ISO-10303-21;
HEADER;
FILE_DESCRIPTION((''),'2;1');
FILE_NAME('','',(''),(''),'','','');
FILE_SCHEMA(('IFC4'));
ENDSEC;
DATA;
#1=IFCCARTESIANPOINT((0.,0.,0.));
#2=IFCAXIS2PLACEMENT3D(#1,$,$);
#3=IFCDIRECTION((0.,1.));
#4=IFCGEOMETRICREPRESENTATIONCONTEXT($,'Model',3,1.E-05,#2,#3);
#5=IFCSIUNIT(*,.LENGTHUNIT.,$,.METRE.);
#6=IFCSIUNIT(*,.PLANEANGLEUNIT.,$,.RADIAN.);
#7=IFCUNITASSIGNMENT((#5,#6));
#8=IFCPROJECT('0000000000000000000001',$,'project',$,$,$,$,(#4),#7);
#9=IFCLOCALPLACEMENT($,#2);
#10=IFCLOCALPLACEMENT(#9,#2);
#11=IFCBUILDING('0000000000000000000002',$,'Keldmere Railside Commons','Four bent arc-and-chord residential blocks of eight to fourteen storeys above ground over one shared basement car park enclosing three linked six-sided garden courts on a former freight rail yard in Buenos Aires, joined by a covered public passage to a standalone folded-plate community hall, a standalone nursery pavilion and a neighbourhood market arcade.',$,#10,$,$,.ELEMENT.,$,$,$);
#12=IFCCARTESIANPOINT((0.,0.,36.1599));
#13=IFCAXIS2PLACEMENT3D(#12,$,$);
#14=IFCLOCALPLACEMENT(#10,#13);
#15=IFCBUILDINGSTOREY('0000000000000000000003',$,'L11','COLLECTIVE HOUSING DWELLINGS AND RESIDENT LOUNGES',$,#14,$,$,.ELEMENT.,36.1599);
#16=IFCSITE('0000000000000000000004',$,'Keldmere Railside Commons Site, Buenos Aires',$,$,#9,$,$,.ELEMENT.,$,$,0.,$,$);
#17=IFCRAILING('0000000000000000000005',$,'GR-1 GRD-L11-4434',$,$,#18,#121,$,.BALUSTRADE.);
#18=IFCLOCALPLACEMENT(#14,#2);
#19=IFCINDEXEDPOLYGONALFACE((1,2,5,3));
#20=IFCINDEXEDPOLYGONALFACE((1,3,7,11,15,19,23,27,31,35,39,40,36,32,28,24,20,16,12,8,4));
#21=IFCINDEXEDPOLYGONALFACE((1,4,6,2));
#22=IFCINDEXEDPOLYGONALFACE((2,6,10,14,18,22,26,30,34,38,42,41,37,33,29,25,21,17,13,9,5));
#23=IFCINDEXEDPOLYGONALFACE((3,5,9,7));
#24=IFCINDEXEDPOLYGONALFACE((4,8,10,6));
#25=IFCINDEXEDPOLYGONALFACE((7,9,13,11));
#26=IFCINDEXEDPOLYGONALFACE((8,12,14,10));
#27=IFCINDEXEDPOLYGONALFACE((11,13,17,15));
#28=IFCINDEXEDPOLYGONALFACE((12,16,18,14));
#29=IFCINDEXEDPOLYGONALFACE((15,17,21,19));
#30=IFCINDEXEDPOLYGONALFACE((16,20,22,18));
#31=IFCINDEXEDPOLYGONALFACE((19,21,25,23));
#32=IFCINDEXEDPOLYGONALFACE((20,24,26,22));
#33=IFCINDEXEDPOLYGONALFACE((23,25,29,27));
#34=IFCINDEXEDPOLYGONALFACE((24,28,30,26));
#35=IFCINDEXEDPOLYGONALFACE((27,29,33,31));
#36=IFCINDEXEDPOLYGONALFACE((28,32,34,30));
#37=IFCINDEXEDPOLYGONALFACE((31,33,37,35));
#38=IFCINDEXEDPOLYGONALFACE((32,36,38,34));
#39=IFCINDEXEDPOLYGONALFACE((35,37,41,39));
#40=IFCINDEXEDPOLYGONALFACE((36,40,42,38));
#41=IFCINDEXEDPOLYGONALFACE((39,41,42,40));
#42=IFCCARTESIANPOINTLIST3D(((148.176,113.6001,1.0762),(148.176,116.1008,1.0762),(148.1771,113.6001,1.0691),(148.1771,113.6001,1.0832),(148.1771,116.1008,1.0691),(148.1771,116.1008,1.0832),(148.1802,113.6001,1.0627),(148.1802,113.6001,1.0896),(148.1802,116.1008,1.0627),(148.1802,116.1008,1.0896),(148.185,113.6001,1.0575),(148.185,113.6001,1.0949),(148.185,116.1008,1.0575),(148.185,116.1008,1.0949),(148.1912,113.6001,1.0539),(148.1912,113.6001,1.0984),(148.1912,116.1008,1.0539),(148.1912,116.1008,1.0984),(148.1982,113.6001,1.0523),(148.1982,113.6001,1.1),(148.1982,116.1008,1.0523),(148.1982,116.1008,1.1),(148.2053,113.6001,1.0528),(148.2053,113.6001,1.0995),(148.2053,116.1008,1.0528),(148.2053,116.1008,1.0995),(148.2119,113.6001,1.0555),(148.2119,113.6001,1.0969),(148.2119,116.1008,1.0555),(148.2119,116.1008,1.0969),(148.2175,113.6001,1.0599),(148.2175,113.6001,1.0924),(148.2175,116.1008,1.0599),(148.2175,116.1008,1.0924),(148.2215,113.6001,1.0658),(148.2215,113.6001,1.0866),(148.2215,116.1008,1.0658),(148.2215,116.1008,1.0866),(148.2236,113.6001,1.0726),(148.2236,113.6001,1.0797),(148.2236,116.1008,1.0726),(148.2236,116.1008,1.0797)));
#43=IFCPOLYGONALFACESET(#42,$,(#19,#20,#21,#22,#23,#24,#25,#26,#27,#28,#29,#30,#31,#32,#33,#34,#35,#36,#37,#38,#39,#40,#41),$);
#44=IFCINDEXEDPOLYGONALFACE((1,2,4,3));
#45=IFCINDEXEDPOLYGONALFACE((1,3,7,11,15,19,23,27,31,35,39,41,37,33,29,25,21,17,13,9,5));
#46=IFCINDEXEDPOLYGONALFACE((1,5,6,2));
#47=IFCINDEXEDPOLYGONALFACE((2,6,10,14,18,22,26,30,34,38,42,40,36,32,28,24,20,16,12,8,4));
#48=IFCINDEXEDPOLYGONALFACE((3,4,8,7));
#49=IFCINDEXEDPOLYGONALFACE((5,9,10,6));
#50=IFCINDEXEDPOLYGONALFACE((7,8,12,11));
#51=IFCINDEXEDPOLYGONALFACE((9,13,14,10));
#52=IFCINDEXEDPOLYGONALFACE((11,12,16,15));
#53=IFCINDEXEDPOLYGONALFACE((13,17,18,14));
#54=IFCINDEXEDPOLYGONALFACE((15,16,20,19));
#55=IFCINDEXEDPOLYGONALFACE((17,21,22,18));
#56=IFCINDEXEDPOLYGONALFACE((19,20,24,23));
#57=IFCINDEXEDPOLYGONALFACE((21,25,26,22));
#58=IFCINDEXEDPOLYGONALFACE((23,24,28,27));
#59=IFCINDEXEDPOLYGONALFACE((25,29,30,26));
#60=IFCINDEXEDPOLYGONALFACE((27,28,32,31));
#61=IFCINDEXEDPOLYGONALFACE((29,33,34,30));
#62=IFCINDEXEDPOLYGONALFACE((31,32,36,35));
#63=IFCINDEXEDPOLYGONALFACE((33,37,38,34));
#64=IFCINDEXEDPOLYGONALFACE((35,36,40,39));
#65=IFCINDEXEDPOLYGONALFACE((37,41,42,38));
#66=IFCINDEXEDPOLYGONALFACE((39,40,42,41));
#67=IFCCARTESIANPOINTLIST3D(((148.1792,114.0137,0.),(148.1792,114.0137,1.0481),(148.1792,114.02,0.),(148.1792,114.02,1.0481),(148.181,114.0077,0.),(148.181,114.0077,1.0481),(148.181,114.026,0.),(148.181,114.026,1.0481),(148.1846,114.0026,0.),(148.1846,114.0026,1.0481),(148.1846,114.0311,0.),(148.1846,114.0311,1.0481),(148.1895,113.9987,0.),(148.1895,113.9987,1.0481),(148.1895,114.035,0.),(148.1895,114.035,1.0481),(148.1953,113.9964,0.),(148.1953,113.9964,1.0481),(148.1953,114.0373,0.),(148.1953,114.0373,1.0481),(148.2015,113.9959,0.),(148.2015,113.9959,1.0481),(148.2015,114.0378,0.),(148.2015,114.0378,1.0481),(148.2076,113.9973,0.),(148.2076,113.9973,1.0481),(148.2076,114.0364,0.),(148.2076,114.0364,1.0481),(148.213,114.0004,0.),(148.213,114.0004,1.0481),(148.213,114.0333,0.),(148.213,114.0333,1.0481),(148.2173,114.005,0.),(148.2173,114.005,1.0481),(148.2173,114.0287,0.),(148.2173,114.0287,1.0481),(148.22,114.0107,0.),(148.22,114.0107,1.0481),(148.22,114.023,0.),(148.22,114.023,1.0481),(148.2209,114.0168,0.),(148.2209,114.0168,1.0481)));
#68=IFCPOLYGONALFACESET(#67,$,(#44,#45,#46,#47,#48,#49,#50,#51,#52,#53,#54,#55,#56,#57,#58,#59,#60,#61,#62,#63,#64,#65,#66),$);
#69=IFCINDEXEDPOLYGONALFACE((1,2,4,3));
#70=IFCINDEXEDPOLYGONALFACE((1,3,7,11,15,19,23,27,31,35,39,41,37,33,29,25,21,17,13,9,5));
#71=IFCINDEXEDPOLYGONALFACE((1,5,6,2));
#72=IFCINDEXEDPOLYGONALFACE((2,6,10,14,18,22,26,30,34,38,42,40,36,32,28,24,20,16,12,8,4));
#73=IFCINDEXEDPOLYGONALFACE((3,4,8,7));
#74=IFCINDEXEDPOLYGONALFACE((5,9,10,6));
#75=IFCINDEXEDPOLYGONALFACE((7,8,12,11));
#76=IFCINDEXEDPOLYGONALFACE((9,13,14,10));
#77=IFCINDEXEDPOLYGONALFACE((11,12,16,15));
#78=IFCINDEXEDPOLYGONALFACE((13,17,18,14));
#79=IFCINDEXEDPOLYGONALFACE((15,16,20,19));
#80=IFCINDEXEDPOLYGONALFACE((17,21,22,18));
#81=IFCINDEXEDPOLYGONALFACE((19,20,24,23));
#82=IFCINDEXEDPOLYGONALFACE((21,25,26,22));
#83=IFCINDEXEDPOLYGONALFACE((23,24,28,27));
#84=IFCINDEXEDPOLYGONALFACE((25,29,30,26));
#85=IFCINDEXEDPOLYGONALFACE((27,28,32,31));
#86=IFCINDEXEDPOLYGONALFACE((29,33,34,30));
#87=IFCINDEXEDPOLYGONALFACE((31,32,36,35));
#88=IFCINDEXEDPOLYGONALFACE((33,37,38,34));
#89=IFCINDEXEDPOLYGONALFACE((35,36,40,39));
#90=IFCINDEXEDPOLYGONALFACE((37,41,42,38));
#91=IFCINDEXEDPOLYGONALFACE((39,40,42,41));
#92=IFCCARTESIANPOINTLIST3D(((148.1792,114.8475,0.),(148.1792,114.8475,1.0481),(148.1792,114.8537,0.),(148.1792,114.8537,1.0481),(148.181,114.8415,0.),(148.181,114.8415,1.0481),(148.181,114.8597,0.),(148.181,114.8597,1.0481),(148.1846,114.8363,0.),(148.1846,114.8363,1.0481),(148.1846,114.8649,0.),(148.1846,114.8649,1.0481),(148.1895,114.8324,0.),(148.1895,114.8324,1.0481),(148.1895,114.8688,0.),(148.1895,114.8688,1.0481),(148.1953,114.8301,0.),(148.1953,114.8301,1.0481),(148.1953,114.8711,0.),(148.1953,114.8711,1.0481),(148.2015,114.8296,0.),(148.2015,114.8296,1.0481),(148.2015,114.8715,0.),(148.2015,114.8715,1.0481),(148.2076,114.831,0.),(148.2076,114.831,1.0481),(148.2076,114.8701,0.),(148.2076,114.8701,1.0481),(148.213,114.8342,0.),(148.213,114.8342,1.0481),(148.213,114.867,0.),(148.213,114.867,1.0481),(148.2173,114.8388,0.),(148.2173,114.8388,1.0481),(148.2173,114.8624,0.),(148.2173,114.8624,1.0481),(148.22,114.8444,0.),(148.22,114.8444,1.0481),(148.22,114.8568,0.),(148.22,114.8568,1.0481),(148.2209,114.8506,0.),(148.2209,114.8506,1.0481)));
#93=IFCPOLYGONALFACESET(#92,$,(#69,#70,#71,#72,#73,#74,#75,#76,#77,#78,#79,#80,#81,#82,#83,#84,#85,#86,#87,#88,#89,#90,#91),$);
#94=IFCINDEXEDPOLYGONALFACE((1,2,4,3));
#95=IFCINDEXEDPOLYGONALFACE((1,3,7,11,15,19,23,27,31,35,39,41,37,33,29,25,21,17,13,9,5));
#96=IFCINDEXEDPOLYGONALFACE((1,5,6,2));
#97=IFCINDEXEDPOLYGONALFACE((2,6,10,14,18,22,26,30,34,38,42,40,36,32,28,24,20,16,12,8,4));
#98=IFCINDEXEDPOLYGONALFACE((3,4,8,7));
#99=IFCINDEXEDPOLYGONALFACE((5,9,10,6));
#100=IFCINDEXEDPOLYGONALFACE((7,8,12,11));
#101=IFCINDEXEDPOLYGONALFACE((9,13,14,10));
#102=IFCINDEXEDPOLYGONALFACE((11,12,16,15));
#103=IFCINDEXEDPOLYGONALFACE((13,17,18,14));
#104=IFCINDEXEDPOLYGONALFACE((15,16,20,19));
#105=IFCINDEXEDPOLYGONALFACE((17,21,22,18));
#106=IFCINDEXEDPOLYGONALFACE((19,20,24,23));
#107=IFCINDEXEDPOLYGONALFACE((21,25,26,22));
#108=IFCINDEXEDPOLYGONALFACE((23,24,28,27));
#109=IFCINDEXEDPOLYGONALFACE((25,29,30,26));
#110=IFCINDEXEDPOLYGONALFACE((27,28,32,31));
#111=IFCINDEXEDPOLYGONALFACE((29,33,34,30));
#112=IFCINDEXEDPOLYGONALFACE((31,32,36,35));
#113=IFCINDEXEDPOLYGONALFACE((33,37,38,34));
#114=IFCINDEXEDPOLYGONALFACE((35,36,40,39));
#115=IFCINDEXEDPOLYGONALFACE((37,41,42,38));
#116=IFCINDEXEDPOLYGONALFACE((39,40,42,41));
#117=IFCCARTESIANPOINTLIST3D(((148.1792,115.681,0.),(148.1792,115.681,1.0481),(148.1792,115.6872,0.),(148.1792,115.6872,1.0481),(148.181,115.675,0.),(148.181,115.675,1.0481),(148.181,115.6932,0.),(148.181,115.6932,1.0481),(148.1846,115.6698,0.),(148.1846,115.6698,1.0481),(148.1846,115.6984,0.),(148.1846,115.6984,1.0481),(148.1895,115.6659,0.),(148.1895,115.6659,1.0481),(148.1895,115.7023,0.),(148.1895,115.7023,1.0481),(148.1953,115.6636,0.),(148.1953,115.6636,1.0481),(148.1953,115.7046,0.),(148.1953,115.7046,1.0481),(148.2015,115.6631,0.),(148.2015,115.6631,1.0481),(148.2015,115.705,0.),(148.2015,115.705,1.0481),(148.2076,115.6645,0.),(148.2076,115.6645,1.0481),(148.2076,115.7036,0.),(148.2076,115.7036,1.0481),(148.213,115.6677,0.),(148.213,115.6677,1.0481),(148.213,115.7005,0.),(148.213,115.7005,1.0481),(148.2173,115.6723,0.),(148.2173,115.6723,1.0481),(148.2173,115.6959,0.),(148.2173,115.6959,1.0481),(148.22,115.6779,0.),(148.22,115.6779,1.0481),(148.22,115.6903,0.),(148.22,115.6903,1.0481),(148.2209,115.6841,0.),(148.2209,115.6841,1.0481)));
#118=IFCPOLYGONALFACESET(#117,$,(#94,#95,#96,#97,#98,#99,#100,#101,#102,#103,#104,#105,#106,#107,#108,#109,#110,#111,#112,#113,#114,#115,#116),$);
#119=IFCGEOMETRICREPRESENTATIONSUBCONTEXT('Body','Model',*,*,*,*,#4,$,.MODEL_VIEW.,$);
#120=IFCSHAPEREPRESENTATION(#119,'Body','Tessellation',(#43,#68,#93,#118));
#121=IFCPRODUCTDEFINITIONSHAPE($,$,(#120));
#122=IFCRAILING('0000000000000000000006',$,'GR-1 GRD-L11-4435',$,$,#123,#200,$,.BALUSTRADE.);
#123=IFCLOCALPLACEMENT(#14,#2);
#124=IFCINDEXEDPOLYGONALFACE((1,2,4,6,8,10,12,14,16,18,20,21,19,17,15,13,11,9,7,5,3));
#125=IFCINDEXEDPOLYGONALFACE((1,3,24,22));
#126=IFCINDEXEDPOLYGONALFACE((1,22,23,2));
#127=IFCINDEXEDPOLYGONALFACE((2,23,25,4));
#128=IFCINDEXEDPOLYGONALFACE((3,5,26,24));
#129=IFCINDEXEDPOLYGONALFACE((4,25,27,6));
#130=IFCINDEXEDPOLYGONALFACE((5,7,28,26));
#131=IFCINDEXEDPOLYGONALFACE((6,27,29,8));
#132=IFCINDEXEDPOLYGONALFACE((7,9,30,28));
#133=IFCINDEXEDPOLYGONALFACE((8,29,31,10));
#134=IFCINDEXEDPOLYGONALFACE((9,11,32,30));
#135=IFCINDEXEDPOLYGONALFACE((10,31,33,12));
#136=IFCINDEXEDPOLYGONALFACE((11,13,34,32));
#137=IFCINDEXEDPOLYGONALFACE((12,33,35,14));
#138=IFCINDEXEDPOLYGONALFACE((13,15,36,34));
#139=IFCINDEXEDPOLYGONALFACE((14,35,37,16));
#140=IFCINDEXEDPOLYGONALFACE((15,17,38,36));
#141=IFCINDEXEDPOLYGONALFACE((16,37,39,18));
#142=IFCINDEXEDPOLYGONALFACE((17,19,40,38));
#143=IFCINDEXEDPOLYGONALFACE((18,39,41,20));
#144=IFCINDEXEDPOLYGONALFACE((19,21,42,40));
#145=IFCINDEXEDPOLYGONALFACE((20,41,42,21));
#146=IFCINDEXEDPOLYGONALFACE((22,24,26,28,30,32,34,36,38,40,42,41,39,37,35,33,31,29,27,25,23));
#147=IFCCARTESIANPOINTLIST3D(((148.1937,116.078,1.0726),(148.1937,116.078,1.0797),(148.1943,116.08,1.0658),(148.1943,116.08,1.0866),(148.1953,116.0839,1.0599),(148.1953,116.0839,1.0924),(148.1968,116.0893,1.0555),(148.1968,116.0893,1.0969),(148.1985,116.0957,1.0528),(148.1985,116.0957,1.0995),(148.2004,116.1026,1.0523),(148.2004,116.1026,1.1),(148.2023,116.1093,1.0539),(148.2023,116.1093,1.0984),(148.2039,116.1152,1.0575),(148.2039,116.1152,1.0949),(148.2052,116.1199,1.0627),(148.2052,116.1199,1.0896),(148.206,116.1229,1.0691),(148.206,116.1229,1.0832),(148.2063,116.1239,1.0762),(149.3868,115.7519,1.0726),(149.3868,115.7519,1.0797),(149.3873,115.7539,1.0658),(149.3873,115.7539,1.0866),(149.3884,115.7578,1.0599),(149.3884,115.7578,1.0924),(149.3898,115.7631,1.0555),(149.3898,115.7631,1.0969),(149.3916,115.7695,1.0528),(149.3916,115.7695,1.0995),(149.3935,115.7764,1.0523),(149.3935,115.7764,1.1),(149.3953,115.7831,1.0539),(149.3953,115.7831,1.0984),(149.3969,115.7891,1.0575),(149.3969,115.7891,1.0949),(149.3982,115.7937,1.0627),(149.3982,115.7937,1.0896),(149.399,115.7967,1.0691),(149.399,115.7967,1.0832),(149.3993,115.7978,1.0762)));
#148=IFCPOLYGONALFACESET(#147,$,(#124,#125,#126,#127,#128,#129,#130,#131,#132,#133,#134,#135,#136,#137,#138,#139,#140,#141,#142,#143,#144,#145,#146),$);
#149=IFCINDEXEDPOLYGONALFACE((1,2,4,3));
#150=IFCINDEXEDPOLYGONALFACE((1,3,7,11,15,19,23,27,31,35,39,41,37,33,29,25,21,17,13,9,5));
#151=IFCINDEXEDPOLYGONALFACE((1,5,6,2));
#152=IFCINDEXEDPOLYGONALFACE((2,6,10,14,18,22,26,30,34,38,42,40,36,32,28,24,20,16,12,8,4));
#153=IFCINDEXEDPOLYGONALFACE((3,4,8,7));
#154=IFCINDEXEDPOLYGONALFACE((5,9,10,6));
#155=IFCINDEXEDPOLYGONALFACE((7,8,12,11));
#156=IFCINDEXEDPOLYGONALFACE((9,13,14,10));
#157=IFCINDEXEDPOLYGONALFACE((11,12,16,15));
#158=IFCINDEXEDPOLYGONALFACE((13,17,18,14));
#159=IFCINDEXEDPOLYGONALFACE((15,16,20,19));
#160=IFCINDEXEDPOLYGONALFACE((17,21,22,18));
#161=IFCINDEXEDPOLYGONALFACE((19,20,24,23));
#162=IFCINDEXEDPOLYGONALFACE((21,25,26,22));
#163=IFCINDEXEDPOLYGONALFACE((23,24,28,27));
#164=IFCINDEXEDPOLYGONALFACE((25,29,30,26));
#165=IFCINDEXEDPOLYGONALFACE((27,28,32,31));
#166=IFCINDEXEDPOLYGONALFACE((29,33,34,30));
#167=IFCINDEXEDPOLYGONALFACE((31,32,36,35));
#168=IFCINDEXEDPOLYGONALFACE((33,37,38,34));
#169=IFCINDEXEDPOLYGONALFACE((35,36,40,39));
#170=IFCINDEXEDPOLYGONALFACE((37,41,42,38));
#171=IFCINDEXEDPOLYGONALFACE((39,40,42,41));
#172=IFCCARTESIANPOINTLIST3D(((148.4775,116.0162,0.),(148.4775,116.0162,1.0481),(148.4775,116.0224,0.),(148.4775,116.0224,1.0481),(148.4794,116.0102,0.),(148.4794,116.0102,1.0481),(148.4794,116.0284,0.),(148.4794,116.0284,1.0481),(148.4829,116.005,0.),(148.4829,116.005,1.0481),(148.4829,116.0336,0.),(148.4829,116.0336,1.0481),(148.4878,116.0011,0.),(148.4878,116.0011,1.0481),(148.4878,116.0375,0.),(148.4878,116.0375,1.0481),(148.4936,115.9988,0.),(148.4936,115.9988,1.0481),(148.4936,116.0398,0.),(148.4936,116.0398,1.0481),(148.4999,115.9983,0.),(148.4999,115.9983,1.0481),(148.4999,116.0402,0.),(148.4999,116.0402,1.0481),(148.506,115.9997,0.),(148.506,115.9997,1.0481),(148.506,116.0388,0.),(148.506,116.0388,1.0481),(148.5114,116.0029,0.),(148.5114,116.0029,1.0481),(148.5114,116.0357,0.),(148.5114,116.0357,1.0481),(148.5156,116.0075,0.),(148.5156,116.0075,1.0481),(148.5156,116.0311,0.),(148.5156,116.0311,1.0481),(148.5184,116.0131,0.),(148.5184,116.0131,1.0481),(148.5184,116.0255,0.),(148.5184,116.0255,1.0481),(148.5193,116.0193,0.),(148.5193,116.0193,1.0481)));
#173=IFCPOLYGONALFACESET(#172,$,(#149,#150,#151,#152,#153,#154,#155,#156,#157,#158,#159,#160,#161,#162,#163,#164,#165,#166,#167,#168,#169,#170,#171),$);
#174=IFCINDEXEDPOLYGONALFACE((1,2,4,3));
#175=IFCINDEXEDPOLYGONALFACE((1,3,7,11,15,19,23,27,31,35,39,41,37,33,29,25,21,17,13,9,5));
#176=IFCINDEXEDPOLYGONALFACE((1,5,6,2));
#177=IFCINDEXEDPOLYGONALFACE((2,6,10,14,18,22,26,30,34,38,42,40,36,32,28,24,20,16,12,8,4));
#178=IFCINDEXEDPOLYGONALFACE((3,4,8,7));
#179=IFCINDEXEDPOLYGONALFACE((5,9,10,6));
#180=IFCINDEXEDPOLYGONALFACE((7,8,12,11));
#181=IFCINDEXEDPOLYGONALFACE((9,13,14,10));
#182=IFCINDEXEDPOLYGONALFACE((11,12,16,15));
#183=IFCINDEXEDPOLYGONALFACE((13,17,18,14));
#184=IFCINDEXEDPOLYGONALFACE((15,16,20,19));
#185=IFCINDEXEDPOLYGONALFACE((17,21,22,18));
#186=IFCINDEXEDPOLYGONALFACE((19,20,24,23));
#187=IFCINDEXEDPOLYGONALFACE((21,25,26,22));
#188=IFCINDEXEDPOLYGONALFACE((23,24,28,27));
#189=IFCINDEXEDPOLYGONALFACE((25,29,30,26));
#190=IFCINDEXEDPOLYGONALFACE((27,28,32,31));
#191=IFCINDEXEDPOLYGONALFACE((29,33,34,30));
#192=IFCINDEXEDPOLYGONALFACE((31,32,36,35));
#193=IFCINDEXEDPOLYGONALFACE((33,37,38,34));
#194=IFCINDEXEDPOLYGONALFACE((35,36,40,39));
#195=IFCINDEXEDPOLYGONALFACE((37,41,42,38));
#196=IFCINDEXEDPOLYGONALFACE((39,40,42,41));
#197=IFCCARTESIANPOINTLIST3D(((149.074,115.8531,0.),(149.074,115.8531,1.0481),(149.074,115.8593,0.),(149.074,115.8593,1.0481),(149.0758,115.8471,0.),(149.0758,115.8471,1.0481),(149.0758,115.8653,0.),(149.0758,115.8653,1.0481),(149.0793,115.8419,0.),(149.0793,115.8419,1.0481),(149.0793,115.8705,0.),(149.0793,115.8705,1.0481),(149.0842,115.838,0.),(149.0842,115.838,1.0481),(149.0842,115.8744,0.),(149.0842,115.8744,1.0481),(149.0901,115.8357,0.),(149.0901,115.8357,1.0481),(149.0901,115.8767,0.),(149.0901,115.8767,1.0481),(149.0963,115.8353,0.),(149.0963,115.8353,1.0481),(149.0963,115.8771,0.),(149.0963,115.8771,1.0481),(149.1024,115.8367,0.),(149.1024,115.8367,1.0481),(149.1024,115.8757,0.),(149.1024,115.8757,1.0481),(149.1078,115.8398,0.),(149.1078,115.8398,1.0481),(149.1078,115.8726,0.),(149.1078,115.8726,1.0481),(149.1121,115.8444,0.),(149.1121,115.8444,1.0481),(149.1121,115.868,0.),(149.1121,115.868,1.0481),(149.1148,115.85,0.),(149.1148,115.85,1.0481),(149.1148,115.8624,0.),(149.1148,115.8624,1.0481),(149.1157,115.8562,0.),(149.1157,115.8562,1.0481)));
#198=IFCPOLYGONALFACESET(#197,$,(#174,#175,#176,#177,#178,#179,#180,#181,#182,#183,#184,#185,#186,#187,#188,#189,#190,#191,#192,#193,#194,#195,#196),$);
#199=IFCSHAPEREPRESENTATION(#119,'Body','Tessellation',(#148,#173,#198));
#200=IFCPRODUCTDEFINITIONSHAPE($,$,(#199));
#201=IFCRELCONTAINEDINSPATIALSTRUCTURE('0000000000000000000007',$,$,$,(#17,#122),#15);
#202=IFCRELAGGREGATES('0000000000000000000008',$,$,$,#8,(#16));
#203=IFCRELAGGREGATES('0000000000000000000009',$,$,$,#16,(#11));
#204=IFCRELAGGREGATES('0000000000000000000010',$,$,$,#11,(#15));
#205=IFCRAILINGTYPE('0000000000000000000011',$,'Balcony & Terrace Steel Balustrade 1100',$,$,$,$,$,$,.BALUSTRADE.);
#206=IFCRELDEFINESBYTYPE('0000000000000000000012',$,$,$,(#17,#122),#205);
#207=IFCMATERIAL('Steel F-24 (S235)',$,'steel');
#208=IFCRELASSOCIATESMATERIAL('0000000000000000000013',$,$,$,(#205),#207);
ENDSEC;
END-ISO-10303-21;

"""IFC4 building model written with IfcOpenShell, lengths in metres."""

from ifc_helpers import new_model, si_unit, direction, frame, origin, origin_2d, place, context, subcontext, project, spatial, circle, extrude, material, type_object, element, save


model = new_model("IFC4")

# Units and contexts
model_context = context("Model", 3, precision=1e-05, world=origin(), true_north=direction((0.0, 1.0)))
body_context = subcontext(model_context, "Body", "Model", "MODEL_VIEW")
ifc_project = project(units=[si_unit("LENGTHUNIT", "METRE"), si_unit("PLANEANGLEUNIT", "RADIAN")], contexts=[model_context])

# Site, building, storey
site_placement = place(None, origin())
site = spatial("IfcSite", under=ifc_project, at=site_placement, Name="Keldmere Railside Commons Site, Buenos Aires", CompositionType="ELEMENT", RefElevation=0.0)
building_placement = place(site_placement, origin())
building = spatial("IfcBuilding", under=site, at=building_placement, Name="Keldmere Railside Commons", Description="Four bent arc-and-chord residential blocks of eight to fourteen storeys above ground over one shared basement car park enclosing three linked six-sided garden courts on a former freight rail yard in Buenos Aires, joined by a covered public passage to a standalone folded-plate community hall, a standalone nursery pavilion and a neighbourhood market arcade.", CompositionType="ELEMENT")
storey_placement = place(building_placement, frame((0.0, 0.0, 36.1599)))
storey = spatial("IfcBuildingStorey", under=building, at=storey_placement, Name="L11", Description="COLLECTIVE HOUSING DWELLINGS AND RESIDENT LOUNGES", CompositionType="ELEMENT", Elevation=36.1599)

# Railings
ifc_material_1 = material(Name="Steel F-24 (S235)", Category="steel")
railing_type = type_object("IfcRailingType", Name="Balcony & Terrace Steel Balustrade 1100", PredefinedType="BALUSTRADE", material=ifc_material_1)
railing_1_placement = place(storey_placement, frame((148.2, 113.6001, 0.0)))
element("IfcRailing", 1, at=railing_1_placement, inside=storey, type_object=railing_type, Name="GR-1 GRD-L11-4434", PredefinedType="BALUSTRADE", context=body_context, shape_type="SweptSolid", body=[
    extrude(circle(Radius=0.0239, at=origin_2d()), frame((0.0, 0.0, 1.0762), z_axis=(0.0, 1.0, 0.0), x_axis=(-1.0, 0.0, 0.0)), (0.0, 0.0, 1.0), 2.5007),
    extrude(circle(Radius=0.021, at=origin_2d()), frame((0.0, 0.4167, 0.0)), (0.0, 0.0, 1.0), 1.0481),
    extrude(circle(Radius=0.021, at=origin_2d()), frame((0.0, 1.2505, 0.0)), (0.0, 0.0, 1.0), 1.0481),
    extrude(circle(Radius=0.021, at=origin_2d()), frame((0.0, 2.084, 0.0)), (0.0, 0.0, 1.0), 1.0481),
])
railing_2_placement = place(storey_placement, frame((148.2, 116.1008, 0.0)))
element("IfcRailing", 2, at=railing_2_placement, inside=storey, type_object=railing_type, Name="GR-1 GRD-L11-4435", PredefinedType="BALUSTRADE", context=body_context, shape_type="SweptSolid", body=[
    extrude(circle(Radius=0.0239, at=origin_2d()), frame((0.0, 0.0, 1.0762), z_axis=(0.964604, -0.263702, 0.0), x_axis=(0.263702, 0.964604, 0.0)), (0.0, 0.0, 1.0), 1.2368),
    extrude(circle(Radius=0.021, at=origin_2d()), frame((0.2983, -0.0815, 0.0)), (0.0, 0.0, 1.0), 1.0481),
    extrude(circle(Radius=0.021, at=origin_2d()), frame((0.8948, -0.2446, 0.0)), (0.0, 0.0, 1.0), 1.0481),
])

save(model, "model.ifc")
